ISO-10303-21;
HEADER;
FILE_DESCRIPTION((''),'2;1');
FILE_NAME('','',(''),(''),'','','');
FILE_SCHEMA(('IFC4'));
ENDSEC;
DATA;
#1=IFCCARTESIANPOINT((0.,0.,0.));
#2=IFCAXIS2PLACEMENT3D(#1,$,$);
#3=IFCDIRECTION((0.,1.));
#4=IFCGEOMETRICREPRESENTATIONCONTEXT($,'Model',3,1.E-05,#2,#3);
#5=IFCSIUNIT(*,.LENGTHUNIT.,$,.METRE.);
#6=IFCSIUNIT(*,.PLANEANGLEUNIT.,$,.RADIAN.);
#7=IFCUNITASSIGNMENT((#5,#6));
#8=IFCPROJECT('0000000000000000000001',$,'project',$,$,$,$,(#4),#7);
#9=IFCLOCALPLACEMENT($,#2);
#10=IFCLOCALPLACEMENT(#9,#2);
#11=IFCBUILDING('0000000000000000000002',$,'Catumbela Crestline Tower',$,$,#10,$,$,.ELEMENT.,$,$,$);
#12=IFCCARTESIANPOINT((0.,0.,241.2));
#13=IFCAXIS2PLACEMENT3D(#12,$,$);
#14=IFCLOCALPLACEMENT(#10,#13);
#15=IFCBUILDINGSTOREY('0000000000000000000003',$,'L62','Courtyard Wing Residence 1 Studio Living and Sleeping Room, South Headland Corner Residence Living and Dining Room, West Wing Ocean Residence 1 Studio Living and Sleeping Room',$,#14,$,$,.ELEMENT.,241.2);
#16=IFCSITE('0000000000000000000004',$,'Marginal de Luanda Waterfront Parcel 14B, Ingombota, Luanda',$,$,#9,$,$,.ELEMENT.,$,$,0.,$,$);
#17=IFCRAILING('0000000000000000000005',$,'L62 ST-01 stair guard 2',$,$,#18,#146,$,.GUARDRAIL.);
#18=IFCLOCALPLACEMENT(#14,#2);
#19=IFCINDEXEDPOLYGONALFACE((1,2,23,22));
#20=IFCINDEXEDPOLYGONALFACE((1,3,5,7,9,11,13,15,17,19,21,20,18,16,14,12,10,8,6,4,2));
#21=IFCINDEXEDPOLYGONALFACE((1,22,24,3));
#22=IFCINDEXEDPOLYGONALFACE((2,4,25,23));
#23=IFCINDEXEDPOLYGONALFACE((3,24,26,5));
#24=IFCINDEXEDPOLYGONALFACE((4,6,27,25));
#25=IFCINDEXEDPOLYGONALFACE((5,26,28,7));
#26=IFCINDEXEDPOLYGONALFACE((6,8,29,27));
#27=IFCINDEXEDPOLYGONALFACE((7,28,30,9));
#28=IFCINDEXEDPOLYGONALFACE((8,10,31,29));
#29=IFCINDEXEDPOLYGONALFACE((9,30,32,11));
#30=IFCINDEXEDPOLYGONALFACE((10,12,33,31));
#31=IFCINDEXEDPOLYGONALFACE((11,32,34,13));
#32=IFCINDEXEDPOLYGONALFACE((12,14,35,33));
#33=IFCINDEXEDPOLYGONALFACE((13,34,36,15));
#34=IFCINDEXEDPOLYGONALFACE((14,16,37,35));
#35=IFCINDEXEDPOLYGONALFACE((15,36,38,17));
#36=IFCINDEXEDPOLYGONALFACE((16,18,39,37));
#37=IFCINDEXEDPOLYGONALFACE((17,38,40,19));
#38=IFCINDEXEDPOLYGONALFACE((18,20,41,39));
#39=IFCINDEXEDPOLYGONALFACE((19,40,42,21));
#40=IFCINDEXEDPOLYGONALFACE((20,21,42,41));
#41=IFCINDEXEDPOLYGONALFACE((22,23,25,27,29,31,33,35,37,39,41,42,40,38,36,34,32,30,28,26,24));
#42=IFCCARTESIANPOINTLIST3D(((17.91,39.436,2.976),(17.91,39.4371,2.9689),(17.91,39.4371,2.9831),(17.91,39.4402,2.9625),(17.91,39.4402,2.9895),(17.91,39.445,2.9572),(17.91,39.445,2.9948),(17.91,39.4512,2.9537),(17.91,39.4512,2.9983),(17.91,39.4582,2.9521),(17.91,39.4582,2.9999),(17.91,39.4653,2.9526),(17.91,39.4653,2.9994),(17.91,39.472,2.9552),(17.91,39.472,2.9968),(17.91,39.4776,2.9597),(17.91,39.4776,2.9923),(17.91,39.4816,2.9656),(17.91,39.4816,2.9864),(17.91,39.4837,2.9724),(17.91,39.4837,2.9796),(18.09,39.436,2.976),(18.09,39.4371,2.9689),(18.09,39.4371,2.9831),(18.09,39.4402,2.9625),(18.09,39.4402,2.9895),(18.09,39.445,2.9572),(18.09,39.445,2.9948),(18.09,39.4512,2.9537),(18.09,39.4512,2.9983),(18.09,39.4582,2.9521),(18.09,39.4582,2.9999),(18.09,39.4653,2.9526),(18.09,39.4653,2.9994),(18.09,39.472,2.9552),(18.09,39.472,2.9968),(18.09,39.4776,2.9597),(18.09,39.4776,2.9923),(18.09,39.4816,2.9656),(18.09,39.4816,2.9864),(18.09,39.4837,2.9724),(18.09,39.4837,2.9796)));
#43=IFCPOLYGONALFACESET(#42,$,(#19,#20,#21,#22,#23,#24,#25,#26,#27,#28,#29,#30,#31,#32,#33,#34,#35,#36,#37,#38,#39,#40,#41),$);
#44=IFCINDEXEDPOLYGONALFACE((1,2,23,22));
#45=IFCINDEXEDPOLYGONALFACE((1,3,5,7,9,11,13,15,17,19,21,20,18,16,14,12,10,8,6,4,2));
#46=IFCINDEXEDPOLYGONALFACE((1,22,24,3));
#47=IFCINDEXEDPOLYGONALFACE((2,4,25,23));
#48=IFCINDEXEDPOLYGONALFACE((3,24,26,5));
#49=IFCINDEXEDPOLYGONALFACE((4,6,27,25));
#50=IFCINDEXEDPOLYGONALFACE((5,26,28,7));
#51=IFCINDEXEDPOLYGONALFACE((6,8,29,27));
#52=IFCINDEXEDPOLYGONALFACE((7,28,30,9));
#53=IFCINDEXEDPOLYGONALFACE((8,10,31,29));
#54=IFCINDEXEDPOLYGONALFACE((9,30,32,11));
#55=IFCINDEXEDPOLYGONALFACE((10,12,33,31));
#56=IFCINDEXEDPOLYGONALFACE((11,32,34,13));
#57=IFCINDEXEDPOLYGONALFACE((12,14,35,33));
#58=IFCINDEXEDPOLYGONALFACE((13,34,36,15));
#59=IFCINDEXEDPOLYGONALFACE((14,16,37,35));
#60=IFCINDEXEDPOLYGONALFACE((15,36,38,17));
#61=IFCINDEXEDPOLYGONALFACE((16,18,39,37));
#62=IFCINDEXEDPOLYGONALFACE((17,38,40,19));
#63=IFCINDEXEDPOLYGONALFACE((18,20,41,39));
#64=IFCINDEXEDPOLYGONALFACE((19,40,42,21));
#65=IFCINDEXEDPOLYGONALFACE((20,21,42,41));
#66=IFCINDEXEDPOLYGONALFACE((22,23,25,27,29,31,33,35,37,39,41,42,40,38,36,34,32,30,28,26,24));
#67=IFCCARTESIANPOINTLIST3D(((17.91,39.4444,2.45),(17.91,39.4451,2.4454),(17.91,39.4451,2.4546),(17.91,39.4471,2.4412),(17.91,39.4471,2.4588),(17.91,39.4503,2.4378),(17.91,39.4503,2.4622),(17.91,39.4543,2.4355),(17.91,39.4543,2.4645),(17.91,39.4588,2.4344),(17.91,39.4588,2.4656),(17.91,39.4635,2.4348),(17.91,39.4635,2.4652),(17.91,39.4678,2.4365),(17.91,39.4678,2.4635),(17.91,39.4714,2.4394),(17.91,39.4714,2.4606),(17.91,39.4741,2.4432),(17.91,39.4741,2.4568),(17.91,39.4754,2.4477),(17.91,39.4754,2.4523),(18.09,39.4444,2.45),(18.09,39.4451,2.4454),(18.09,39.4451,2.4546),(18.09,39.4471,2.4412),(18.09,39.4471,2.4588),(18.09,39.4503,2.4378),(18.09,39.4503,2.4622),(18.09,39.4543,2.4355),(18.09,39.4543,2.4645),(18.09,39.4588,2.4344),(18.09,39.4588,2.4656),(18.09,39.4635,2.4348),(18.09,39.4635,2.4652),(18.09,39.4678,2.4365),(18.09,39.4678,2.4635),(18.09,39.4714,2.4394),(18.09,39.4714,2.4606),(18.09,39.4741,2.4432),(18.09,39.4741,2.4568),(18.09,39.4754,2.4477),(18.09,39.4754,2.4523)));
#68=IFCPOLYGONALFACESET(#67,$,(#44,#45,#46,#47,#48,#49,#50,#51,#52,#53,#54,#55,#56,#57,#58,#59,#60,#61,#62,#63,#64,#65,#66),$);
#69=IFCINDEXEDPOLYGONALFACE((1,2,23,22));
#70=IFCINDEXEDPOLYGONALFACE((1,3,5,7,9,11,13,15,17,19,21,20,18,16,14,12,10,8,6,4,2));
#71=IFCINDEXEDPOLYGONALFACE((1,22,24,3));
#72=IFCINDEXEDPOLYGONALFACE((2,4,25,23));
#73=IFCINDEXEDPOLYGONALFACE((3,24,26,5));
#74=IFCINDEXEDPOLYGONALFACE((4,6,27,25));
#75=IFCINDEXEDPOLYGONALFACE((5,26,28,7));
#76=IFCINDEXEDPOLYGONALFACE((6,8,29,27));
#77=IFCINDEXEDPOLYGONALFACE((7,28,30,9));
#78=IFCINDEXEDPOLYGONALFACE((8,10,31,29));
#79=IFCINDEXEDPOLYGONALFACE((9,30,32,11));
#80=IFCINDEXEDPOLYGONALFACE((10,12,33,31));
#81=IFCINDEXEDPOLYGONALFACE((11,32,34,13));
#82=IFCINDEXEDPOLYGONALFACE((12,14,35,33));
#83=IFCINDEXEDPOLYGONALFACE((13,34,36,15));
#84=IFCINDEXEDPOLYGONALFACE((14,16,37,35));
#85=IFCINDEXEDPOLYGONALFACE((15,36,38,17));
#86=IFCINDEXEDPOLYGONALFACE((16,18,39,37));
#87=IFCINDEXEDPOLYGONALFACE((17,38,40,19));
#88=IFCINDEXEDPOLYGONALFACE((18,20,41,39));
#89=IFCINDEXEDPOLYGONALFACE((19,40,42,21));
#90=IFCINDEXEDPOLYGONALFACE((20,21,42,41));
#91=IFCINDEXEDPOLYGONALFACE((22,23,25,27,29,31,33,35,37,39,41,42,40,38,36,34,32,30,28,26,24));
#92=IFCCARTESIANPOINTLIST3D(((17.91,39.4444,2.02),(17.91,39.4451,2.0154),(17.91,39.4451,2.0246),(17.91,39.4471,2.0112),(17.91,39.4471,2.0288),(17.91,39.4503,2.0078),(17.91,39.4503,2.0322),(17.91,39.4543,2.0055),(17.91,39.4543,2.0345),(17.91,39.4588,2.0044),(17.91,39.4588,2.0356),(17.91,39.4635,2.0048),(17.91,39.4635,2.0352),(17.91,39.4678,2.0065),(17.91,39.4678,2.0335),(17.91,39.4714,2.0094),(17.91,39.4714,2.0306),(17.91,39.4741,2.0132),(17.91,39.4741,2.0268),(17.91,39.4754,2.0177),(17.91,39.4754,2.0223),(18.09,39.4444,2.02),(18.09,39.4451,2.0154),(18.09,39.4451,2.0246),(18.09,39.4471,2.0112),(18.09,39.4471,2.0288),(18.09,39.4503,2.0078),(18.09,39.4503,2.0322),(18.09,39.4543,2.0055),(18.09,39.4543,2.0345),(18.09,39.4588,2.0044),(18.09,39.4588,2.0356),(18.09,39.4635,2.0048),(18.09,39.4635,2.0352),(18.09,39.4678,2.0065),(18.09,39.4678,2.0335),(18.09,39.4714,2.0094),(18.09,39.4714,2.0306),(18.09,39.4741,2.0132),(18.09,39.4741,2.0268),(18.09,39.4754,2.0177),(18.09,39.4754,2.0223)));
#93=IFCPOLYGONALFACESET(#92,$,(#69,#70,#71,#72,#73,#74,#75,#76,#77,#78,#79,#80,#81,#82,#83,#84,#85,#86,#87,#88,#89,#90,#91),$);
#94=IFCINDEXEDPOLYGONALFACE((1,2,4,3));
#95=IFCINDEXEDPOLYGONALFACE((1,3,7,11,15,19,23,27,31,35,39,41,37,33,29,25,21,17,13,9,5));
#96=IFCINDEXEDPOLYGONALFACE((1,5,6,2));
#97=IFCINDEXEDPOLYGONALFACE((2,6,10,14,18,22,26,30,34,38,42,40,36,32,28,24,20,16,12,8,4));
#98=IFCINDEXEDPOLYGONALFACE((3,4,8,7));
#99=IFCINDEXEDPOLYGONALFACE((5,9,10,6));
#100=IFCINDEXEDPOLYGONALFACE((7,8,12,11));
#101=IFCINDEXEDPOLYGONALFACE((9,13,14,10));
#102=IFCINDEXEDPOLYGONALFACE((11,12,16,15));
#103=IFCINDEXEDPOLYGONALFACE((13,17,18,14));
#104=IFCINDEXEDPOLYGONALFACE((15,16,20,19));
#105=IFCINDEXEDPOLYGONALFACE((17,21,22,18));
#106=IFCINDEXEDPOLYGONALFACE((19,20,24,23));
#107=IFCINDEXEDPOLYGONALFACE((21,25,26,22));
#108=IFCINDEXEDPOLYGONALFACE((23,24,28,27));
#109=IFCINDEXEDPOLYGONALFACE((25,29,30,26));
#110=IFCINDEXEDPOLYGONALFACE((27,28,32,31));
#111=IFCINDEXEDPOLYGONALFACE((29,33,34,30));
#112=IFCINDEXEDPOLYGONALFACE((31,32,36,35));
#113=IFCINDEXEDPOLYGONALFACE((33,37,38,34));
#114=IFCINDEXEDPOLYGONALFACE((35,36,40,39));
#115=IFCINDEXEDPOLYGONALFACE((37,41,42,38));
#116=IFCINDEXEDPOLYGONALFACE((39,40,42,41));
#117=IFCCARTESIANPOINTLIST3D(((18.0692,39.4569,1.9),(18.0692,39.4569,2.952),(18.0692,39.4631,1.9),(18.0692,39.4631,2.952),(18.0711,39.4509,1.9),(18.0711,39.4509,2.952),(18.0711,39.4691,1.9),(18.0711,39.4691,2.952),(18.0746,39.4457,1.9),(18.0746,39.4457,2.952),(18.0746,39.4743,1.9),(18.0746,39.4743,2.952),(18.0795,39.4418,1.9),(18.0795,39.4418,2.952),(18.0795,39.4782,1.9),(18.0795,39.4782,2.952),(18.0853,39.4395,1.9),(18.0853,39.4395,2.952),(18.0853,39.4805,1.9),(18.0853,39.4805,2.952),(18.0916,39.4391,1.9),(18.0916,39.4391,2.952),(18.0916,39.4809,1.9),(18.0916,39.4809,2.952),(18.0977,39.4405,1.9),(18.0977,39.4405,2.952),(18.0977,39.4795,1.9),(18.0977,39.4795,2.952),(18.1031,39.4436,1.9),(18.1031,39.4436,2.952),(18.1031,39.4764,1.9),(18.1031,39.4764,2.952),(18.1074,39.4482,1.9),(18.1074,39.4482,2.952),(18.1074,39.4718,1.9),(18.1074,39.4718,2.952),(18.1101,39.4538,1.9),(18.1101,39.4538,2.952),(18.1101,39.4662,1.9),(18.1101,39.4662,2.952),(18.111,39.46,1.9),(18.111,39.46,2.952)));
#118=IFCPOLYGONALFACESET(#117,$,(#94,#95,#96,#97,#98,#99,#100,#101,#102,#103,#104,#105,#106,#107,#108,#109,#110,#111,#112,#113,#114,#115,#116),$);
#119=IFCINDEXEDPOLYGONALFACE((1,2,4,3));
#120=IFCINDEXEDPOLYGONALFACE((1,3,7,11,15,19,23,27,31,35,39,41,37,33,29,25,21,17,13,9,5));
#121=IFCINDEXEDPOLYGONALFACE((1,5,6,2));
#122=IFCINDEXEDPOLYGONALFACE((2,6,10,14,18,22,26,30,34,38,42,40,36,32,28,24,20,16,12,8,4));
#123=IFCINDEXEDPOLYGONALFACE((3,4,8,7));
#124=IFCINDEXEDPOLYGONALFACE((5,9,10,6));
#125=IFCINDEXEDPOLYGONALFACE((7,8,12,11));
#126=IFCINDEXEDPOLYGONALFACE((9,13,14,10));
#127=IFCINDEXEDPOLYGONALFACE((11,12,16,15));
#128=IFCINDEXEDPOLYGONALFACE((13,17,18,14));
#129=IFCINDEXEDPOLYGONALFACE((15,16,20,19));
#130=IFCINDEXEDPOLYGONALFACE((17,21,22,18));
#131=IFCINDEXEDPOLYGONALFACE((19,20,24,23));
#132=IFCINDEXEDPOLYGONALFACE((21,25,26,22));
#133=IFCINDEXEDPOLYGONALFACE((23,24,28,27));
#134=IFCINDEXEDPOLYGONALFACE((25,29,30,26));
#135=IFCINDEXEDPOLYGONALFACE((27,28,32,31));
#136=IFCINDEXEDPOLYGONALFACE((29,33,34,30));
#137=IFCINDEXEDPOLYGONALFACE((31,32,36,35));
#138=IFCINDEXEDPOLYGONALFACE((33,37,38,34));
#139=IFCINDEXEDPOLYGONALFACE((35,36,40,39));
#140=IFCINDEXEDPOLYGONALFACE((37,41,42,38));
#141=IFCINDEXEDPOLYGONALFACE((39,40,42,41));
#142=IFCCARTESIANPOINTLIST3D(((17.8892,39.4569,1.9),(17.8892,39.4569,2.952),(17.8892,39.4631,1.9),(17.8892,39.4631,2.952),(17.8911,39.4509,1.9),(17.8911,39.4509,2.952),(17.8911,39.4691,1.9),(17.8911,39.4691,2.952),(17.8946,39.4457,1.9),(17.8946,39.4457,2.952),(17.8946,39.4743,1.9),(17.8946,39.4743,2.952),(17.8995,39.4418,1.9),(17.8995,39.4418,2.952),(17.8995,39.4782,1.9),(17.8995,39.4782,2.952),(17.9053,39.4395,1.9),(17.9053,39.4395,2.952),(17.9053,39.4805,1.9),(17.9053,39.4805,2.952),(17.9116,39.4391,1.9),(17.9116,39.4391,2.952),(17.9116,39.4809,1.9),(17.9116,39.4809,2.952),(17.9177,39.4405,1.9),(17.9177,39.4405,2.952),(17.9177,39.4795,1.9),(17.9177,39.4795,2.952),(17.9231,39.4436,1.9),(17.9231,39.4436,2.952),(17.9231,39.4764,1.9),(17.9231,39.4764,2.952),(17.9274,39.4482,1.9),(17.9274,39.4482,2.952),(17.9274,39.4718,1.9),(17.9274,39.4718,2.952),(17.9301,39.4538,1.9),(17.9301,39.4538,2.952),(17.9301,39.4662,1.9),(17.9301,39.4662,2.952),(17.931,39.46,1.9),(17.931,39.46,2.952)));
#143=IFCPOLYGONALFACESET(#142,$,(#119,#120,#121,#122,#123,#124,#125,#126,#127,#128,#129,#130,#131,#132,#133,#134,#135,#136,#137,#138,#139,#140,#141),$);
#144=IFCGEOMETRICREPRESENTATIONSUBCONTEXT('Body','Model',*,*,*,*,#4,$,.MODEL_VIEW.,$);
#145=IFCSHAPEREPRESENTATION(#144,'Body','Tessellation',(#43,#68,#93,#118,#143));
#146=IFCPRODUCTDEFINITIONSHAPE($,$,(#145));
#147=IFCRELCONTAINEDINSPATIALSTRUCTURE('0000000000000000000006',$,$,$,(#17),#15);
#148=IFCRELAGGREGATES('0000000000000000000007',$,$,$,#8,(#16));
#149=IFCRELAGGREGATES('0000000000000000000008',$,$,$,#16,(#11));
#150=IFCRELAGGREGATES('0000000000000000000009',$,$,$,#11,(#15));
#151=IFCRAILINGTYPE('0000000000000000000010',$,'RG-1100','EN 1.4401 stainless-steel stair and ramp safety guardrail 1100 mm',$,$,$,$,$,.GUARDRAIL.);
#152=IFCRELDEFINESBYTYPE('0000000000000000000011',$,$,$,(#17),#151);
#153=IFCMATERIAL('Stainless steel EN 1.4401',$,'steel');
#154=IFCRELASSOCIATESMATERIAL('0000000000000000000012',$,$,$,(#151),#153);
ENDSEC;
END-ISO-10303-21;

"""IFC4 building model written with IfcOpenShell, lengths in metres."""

from ifc_helpers import new_model, si_unit, direction, frame, origin, origin_2d, place, context, subcontext, project, spatial, circle, extrude, material, type_object, element, save


model = new_model("IFC4")

# Units and contexts
model_context = context("Model", 3, precision=1e-05, world=origin(), true_north=direction((0.0, 1.0)))
body_context = subcontext(model_context, "Body", "Model", "MODEL_VIEW")
ifc_project = project(units=[si_unit("LENGTHUNIT", "METRE"), si_unit("PLANEANGLEUNIT", "RADIAN")], contexts=[model_context])

# Site, building, storey
site_placement = place(None, origin())
site = spatial("IfcSite", under=ifc_project, at=site_placement, Name="Marginal de Luanda Waterfront Parcel 14B, Ingombota, Luanda", CompositionType="ELEMENT", RefElevation=0.0)
building_placement = place(site_placement, origin())
building = spatial("IfcBuilding", under=site, at=building_placement, Name="Catumbela Crestline Tower", CompositionType="ELEMENT")
storey_placement = place(building_placement, frame((0.0, 0.0, 241.2)))
storey = spatial("IfcBuildingStorey", under=building, at=storey_placement, Name="L62", Description="Courtyard Wing Residence 1 Studio Living and Sleeping Room, South Headland Corner Residence Living and Dining Room, West Wing Ocean Residence 1 Studio Living and Sleeping Room", CompositionType="ELEMENT", Elevation=241.2)

# Shared definitions
ifc_material_1 = material(Name="Stainless steel EN 1.4401", Category="steel")

# Railing
railing_type_1 = type_object("IfcRailingType", Name="RG-1100", Description="EN 1.4401 stainless-steel stair and ramp safety guardrail 1100 mm", PredefinedType="GUARDRAIL", material=ifc_material_1)
for number, where, name in (
    (1, (18.09, 39.46, 1.9), "L62 ST-01 stair guard 2"),
):
    element("IfcRailing", number, at=place(storey_placement, frame(where)), inside=storey, type_object=railing_type_1, Name=name, PredefinedType="GUARDRAIL", context=body_context, shape_type="SweptSolid", body=[
        extrude(circle(Radius=0.024, at=origin_2d()), frame((0.0, 0.0, 1.076), z_axis=(-1.0, 0.0, 0.0), x_axis=(0.0, -1.0, 0.0)), (0.0, 0.0, 1.0), 0.18),
        extrude(circle(Radius=0.0156, at=origin_2d()), frame((0.0, 0.0, 0.55), z_axis=(-1.0, 0.0, 0.0), x_axis=(0.0, -1.0, 0.0)), (0.0, 0.0, 1.0), 0.18),
        extrude(circle(Radius=0.0156, at=origin_2d()), frame((0.0, 0.0, 0.12), z_axis=(-1.0, 0.0, 0.0), x_axis=(0.0, -1.0, 0.0)), (0.0, 0.0, 1.0), 0.18),
        extrude(circle(Radius=0.021, at=origin_2d()), origin(), (0.0, 0.0, 1.0), 1.052),
        extrude(circle(Radius=0.021, at=origin_2d()), frame((-0.18, 0.0, 0.0)), (0.0, 0.0, 1.0), 1.052),
    ])

save(model, "model.ifc")
